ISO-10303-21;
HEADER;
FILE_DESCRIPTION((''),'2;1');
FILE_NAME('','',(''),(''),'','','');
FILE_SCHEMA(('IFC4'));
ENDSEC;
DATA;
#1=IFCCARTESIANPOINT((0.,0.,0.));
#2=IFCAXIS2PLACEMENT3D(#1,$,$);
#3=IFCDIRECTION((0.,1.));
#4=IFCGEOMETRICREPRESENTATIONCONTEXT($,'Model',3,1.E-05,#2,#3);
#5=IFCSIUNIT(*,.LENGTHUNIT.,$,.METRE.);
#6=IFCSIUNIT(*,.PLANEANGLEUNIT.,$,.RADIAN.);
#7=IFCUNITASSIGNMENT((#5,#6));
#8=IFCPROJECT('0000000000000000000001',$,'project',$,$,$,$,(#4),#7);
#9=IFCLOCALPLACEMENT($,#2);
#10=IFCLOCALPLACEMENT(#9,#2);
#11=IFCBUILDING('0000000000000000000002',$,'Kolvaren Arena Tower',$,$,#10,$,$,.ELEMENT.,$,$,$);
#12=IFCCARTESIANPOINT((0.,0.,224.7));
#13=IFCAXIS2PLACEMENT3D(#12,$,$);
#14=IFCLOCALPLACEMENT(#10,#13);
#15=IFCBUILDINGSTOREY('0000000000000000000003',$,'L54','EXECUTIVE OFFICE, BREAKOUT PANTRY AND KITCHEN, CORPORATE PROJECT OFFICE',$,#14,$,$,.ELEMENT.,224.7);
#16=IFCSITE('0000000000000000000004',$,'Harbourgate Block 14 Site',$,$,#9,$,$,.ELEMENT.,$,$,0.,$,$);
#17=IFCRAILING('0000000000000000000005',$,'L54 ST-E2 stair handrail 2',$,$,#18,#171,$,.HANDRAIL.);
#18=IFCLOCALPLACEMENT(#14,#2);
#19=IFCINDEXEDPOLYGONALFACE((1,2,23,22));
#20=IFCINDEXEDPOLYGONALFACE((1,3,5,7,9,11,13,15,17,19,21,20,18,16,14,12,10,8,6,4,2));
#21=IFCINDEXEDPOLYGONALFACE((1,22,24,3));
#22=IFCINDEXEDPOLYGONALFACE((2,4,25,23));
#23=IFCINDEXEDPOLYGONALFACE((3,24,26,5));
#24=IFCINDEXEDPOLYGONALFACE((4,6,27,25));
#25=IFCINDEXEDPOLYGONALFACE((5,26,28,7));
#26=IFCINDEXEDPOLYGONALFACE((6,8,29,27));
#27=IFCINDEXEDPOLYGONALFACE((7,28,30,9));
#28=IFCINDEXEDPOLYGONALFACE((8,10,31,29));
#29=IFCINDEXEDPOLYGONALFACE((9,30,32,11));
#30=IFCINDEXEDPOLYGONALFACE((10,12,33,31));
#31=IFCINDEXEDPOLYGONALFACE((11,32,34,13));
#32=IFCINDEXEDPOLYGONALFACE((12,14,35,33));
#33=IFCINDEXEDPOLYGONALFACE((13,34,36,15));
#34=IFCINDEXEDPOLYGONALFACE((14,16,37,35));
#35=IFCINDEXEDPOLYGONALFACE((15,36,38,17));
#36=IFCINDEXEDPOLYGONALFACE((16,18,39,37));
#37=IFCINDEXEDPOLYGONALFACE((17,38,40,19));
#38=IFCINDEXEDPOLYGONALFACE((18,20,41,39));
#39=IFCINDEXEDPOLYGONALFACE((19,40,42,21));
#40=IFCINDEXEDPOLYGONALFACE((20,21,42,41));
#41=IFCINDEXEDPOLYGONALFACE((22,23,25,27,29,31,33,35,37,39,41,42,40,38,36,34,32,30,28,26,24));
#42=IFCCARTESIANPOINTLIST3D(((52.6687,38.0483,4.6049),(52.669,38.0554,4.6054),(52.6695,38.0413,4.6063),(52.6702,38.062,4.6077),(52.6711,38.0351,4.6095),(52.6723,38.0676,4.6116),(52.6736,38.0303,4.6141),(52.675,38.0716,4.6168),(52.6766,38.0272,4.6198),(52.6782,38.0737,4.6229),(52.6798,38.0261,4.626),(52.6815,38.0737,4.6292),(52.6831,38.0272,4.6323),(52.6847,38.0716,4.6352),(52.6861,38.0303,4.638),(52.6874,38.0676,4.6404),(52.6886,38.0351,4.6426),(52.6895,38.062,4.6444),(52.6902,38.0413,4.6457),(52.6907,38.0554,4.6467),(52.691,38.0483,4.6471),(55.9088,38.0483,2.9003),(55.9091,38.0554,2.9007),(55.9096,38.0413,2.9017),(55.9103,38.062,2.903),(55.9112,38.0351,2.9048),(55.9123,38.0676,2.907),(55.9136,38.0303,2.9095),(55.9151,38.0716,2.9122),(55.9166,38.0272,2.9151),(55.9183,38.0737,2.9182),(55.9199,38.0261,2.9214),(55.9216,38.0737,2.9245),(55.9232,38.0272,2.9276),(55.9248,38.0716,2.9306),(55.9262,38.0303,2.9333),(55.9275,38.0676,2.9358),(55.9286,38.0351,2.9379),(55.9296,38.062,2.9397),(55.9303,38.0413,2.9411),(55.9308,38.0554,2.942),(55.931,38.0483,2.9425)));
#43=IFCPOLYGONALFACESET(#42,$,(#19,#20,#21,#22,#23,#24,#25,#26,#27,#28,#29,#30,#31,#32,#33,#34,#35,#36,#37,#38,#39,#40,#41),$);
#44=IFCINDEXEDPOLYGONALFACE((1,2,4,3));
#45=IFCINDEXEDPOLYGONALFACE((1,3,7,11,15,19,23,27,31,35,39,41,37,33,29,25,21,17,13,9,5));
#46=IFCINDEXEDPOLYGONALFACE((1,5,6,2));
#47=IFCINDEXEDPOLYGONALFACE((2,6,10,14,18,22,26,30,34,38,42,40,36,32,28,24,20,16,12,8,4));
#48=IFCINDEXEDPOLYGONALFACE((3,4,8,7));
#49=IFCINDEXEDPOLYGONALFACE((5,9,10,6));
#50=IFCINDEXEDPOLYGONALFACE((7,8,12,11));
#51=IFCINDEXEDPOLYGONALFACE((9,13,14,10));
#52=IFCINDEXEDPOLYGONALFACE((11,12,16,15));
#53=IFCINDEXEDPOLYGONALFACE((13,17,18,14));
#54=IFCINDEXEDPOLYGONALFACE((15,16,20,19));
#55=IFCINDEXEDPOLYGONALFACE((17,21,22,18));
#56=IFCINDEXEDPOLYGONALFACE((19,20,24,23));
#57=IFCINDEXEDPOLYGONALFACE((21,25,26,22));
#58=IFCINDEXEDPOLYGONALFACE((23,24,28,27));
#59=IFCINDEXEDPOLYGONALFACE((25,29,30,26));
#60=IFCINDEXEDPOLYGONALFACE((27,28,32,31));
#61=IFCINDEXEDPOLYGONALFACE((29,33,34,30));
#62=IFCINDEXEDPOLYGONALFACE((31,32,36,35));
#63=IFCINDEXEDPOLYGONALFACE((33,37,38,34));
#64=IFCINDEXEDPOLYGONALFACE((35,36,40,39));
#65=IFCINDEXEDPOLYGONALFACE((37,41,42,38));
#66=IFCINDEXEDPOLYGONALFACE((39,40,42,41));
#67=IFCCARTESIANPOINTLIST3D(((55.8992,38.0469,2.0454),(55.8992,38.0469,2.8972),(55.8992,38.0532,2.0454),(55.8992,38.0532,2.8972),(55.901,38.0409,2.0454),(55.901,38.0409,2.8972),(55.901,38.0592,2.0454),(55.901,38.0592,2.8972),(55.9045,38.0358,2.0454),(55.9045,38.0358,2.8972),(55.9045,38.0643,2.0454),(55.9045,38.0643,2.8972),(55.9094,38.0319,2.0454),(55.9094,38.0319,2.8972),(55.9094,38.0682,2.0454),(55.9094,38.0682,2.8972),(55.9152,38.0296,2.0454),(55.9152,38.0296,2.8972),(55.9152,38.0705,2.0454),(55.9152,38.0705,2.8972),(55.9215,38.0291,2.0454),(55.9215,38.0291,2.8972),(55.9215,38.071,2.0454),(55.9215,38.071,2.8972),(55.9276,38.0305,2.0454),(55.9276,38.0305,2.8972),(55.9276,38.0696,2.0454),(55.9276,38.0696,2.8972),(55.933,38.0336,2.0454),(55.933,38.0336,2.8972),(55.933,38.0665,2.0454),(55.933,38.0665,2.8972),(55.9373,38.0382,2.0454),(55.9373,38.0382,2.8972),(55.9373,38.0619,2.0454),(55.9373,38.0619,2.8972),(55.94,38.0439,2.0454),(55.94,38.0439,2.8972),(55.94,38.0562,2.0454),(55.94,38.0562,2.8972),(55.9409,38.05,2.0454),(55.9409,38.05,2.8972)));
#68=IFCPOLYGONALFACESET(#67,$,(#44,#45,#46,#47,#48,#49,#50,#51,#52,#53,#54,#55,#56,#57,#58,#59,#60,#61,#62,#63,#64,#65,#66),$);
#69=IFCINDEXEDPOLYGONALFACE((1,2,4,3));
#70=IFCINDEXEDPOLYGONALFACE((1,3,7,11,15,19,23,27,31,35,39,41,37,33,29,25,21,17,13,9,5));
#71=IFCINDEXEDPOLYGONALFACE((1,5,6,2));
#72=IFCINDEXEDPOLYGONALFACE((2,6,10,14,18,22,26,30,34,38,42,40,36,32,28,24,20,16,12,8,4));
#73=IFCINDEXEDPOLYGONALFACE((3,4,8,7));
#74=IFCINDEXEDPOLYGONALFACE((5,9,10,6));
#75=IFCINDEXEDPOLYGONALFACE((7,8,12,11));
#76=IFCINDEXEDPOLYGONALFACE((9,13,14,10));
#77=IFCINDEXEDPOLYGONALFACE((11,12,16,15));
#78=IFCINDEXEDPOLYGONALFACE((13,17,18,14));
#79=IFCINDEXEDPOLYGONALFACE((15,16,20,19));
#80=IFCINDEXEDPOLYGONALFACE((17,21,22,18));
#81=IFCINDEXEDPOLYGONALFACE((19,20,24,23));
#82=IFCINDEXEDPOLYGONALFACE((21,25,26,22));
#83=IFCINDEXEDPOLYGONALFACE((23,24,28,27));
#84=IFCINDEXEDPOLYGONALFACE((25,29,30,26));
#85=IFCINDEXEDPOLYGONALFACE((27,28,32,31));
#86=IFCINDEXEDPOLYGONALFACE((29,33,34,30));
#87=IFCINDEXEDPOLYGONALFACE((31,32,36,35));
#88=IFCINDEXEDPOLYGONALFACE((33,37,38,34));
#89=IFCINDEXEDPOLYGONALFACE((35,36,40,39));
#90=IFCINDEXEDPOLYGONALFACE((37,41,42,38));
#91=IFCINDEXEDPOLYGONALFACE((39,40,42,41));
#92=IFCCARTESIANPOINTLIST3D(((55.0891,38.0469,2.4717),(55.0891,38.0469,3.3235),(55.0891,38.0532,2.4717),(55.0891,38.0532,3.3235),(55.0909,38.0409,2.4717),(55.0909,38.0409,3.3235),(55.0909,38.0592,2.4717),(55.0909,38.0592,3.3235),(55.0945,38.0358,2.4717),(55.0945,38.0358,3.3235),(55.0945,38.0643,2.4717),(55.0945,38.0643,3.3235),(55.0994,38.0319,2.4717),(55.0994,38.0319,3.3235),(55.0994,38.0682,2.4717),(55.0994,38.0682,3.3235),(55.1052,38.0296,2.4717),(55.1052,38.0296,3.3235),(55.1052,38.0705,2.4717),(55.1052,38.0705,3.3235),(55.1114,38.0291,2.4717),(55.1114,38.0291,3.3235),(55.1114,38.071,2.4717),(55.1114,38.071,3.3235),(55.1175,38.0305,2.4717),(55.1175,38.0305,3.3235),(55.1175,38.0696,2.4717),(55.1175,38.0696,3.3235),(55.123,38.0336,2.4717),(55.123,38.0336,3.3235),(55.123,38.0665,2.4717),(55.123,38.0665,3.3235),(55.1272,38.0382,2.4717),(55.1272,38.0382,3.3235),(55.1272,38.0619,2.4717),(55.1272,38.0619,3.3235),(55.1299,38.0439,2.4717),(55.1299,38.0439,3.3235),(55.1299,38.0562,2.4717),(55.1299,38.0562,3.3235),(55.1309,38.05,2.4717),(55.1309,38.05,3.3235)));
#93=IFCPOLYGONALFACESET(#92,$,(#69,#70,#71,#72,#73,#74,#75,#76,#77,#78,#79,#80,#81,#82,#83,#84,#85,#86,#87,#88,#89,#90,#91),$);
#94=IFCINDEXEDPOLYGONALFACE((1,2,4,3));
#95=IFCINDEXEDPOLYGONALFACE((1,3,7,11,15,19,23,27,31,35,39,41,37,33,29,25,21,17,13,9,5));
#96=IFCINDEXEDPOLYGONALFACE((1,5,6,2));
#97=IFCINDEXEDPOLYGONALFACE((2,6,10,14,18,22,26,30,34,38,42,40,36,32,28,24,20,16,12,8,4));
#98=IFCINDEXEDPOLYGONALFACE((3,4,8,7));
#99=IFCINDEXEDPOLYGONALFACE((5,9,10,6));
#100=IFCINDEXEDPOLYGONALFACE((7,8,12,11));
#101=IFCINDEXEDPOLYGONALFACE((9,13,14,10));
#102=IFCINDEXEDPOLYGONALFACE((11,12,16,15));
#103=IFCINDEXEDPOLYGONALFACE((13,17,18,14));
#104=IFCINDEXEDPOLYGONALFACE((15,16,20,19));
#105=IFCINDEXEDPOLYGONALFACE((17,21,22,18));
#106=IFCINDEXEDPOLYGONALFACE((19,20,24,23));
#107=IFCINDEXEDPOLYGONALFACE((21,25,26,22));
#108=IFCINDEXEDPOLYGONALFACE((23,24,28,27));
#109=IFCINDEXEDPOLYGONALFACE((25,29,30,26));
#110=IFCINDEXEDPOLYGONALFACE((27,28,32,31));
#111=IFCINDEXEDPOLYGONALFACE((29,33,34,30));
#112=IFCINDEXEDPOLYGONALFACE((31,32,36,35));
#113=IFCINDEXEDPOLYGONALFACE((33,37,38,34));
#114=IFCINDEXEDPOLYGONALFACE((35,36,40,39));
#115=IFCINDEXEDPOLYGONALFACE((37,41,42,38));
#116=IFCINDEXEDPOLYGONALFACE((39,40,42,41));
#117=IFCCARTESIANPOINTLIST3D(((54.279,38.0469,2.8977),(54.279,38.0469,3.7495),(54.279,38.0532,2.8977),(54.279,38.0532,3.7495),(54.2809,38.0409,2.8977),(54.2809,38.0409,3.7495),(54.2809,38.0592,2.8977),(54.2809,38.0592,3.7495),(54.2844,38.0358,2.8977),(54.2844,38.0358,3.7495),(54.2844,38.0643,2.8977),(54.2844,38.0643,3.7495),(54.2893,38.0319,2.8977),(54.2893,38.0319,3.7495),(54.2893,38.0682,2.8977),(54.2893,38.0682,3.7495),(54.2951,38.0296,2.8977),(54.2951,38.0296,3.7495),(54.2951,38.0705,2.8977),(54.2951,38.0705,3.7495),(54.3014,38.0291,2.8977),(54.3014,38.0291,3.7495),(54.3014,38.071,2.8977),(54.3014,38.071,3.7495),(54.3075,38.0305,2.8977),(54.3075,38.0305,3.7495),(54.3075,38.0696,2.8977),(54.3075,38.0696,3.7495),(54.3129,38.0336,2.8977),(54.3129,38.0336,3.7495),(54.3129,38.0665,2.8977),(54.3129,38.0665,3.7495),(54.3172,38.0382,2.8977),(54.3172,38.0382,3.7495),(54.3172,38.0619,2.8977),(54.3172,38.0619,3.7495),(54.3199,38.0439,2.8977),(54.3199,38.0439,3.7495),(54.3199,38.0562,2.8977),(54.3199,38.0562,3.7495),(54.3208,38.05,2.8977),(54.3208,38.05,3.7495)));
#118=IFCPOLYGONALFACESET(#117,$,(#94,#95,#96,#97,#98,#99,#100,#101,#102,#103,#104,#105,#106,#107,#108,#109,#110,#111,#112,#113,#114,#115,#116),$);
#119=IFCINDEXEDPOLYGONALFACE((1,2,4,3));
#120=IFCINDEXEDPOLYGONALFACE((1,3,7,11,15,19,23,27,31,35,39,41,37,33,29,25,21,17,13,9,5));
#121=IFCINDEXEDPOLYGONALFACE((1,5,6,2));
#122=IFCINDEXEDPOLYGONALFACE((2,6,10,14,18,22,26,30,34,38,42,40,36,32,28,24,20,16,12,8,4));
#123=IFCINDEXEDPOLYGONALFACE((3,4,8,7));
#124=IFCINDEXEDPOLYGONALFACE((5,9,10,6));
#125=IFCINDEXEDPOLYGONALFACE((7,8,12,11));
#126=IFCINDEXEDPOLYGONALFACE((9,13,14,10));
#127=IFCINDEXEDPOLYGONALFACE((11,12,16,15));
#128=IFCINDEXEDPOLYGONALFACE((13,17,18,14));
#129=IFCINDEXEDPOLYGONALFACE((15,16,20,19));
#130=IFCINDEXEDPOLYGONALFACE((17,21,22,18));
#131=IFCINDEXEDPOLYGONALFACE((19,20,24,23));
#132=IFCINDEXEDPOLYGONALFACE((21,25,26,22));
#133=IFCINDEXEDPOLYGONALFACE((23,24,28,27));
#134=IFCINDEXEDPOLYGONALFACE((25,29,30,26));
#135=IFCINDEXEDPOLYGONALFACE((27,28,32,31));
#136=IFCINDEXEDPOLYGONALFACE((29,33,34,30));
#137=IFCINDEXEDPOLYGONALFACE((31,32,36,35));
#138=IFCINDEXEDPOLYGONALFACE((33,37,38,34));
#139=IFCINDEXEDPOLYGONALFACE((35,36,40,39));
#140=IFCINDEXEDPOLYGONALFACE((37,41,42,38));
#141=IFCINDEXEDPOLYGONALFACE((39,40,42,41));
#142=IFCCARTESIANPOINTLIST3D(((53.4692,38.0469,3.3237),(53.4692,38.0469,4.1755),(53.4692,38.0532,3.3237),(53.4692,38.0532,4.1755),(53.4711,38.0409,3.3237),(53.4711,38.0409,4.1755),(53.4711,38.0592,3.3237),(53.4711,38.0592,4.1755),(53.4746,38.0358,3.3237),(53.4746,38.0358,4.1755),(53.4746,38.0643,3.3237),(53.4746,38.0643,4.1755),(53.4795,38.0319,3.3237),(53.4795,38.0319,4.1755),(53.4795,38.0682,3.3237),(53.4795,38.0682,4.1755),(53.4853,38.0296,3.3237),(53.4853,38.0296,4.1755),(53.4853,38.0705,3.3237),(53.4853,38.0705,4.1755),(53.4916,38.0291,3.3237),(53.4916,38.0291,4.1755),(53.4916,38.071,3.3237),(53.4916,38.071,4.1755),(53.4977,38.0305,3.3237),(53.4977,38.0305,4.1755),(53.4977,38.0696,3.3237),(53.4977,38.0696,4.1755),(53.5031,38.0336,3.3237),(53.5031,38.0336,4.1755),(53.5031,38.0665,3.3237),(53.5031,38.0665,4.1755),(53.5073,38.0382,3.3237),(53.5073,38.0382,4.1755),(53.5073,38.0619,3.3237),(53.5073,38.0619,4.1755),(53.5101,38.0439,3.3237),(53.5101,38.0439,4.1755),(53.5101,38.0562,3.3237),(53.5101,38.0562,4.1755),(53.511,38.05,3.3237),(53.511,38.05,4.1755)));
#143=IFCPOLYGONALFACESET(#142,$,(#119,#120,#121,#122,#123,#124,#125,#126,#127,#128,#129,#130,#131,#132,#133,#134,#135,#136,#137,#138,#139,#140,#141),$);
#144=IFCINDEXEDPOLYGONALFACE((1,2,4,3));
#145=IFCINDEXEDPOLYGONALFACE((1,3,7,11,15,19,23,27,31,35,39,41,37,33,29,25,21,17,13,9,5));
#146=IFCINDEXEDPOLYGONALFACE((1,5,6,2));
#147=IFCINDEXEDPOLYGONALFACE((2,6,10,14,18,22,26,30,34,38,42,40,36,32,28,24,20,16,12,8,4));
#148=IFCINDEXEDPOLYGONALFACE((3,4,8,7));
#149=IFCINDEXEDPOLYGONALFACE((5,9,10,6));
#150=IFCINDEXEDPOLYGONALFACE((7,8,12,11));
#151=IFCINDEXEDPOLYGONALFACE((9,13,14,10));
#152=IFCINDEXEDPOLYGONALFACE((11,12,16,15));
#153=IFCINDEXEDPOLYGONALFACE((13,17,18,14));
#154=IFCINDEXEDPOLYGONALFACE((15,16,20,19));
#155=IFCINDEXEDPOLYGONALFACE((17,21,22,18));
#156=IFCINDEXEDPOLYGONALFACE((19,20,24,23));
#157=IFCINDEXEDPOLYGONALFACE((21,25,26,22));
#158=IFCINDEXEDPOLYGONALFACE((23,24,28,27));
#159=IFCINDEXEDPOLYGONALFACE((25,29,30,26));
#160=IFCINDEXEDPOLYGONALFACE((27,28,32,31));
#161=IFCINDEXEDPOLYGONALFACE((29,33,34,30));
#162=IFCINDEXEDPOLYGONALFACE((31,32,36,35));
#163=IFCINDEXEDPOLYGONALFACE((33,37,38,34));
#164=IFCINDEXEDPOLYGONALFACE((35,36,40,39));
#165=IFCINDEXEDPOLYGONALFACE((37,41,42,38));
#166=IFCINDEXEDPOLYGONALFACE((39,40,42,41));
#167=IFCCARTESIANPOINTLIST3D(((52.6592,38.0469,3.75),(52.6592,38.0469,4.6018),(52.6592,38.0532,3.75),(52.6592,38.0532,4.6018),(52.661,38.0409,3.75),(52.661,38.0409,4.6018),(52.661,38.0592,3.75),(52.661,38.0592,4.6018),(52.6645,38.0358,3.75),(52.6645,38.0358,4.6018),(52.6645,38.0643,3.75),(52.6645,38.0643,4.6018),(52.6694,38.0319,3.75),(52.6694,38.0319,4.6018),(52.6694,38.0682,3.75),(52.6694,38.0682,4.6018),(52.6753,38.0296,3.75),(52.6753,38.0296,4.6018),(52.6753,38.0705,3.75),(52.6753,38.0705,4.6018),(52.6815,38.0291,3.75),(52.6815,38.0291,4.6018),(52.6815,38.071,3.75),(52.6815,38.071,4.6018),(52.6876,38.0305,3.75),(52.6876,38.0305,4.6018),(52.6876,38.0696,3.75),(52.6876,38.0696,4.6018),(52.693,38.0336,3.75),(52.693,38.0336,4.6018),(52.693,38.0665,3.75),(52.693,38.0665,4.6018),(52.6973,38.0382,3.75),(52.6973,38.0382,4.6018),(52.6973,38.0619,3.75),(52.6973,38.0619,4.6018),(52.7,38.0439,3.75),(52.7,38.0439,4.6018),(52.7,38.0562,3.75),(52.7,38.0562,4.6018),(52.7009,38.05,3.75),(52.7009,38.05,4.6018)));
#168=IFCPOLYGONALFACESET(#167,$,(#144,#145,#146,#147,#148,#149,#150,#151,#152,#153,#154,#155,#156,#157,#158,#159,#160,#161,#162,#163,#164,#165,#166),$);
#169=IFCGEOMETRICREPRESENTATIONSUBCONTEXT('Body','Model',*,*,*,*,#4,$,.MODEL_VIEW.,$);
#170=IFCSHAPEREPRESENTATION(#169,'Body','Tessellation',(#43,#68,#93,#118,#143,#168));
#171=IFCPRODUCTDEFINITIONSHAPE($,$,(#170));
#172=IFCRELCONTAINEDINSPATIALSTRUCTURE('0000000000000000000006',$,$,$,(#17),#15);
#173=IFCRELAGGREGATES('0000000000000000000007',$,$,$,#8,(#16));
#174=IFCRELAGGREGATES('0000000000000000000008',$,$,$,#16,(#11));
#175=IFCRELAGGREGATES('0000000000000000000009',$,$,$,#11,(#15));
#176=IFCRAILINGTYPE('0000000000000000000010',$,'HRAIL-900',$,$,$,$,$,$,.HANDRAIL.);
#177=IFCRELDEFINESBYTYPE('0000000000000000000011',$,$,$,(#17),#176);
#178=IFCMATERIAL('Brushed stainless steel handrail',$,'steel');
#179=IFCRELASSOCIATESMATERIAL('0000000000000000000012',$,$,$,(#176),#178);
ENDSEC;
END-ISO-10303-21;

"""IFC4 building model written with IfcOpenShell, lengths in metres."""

from ifc_helpers import new_model, si_unit, direction, frame, origin, origin_2d, place, context, subcontext, project, spatial, circle, extrude, material, type_object, element, save


model = new_model("IFC4")

# Units and contexts
model_context = context("Model", 3, precision=1e-05, world=origin(), true_north=direction((0.0, 1.0)))
body_context = subcontext(model_context, "Body", "Model", "MODEL_VIEW")
ifc_project = project(units=[si_unit("LENGTHUNIT", "METRE"), si_unit("PLANEANGLEUNIT", "RADIAN")], contexts=[model_context])

# Site, building, storey
site_placement = place(None, origin())
site = spatial("IfcSite", under=ifc_project, at=site_placement, Name="Harbourgate Block 14 Site", CompositionType="ELEMENT", RefElevation=0.0)
building_placement = place(site_placement, origin())
building = spatial("IfcBuilding", under=site, at=building_placement, Name="Kolvaren Arena Tower", CompositionType="ELEMENT")
storey_placement = place(building_placement, frame((0.0, 0.0, 224.7)))
storey = spatial("IfcBuildingStorey", under=building, at=storey_placement, Name="L54", Description="EXECUTIVE OFFICE, BREAKOUT PANTRY AND KITCHEN, CORPORATE PROJECT OFFICE", CompositionType="ELEMENT", Elevation=224.7)

# Railing
ifc_material_1 = material(Name="Brushed stainless steel handrail", Category="steel")
railing_type_1 = type_object("IfcRailingType", Name="HRAIL-900", PredefinedType="HANDRAIL", material=ifc_material_1)
for number, where, name in (
    (1, (55.9199, 38.05, 2.0454), "L54 ST-E2 stair handrail 2"),
):
    element("IfcRailing", number, at=place(storey_placement, frame(where)), inside=storey, type_object=railing_type_1, Name=name, PredefinedType="HANDRAIL", context=body_context, shape_type="SweptSolid", body=[
        extrude(circle(Radius=0.0239, at=origin_2d()), frame((0.0, 0.0, 0.876), z_axis=(-0.884993, 0.0, 0.465604), x_axis=(0.0, -1.0, 0.0)), (0.0, 0.0, 1.0), 3.6611),
        extrude(circle(Radius=0.021, at=origin_2d()), origin(), (0.0, 0.0, 1.0), 0.8518),
        extrude(circle(Radius=0.021, at=origin_2d()), frame((-0.8101, 0.0, 0.4263)), (0.0, 0.0, 1.0), 0.8518),
        extrude(circle(Radius=0.021, at=origin_2d()), frame((-1.6201, 0.0, 0.8523)), (0.0, 0.0, 1.0), 0.8518),
        extrude(circle(Radius=0.021, at=origin_2d()), frame((-2.4299, 0.0, 1.2783)), (0.0, 0.0, 1.0), 0.8518),
        extrude(circle(Radius=0.021, at=origin_2d()), frame((-3.24, 0.0, 1.7046)), (0.0, 0.0, 1.0), 0.8518),
    ])

save(model, "model.ifc")
